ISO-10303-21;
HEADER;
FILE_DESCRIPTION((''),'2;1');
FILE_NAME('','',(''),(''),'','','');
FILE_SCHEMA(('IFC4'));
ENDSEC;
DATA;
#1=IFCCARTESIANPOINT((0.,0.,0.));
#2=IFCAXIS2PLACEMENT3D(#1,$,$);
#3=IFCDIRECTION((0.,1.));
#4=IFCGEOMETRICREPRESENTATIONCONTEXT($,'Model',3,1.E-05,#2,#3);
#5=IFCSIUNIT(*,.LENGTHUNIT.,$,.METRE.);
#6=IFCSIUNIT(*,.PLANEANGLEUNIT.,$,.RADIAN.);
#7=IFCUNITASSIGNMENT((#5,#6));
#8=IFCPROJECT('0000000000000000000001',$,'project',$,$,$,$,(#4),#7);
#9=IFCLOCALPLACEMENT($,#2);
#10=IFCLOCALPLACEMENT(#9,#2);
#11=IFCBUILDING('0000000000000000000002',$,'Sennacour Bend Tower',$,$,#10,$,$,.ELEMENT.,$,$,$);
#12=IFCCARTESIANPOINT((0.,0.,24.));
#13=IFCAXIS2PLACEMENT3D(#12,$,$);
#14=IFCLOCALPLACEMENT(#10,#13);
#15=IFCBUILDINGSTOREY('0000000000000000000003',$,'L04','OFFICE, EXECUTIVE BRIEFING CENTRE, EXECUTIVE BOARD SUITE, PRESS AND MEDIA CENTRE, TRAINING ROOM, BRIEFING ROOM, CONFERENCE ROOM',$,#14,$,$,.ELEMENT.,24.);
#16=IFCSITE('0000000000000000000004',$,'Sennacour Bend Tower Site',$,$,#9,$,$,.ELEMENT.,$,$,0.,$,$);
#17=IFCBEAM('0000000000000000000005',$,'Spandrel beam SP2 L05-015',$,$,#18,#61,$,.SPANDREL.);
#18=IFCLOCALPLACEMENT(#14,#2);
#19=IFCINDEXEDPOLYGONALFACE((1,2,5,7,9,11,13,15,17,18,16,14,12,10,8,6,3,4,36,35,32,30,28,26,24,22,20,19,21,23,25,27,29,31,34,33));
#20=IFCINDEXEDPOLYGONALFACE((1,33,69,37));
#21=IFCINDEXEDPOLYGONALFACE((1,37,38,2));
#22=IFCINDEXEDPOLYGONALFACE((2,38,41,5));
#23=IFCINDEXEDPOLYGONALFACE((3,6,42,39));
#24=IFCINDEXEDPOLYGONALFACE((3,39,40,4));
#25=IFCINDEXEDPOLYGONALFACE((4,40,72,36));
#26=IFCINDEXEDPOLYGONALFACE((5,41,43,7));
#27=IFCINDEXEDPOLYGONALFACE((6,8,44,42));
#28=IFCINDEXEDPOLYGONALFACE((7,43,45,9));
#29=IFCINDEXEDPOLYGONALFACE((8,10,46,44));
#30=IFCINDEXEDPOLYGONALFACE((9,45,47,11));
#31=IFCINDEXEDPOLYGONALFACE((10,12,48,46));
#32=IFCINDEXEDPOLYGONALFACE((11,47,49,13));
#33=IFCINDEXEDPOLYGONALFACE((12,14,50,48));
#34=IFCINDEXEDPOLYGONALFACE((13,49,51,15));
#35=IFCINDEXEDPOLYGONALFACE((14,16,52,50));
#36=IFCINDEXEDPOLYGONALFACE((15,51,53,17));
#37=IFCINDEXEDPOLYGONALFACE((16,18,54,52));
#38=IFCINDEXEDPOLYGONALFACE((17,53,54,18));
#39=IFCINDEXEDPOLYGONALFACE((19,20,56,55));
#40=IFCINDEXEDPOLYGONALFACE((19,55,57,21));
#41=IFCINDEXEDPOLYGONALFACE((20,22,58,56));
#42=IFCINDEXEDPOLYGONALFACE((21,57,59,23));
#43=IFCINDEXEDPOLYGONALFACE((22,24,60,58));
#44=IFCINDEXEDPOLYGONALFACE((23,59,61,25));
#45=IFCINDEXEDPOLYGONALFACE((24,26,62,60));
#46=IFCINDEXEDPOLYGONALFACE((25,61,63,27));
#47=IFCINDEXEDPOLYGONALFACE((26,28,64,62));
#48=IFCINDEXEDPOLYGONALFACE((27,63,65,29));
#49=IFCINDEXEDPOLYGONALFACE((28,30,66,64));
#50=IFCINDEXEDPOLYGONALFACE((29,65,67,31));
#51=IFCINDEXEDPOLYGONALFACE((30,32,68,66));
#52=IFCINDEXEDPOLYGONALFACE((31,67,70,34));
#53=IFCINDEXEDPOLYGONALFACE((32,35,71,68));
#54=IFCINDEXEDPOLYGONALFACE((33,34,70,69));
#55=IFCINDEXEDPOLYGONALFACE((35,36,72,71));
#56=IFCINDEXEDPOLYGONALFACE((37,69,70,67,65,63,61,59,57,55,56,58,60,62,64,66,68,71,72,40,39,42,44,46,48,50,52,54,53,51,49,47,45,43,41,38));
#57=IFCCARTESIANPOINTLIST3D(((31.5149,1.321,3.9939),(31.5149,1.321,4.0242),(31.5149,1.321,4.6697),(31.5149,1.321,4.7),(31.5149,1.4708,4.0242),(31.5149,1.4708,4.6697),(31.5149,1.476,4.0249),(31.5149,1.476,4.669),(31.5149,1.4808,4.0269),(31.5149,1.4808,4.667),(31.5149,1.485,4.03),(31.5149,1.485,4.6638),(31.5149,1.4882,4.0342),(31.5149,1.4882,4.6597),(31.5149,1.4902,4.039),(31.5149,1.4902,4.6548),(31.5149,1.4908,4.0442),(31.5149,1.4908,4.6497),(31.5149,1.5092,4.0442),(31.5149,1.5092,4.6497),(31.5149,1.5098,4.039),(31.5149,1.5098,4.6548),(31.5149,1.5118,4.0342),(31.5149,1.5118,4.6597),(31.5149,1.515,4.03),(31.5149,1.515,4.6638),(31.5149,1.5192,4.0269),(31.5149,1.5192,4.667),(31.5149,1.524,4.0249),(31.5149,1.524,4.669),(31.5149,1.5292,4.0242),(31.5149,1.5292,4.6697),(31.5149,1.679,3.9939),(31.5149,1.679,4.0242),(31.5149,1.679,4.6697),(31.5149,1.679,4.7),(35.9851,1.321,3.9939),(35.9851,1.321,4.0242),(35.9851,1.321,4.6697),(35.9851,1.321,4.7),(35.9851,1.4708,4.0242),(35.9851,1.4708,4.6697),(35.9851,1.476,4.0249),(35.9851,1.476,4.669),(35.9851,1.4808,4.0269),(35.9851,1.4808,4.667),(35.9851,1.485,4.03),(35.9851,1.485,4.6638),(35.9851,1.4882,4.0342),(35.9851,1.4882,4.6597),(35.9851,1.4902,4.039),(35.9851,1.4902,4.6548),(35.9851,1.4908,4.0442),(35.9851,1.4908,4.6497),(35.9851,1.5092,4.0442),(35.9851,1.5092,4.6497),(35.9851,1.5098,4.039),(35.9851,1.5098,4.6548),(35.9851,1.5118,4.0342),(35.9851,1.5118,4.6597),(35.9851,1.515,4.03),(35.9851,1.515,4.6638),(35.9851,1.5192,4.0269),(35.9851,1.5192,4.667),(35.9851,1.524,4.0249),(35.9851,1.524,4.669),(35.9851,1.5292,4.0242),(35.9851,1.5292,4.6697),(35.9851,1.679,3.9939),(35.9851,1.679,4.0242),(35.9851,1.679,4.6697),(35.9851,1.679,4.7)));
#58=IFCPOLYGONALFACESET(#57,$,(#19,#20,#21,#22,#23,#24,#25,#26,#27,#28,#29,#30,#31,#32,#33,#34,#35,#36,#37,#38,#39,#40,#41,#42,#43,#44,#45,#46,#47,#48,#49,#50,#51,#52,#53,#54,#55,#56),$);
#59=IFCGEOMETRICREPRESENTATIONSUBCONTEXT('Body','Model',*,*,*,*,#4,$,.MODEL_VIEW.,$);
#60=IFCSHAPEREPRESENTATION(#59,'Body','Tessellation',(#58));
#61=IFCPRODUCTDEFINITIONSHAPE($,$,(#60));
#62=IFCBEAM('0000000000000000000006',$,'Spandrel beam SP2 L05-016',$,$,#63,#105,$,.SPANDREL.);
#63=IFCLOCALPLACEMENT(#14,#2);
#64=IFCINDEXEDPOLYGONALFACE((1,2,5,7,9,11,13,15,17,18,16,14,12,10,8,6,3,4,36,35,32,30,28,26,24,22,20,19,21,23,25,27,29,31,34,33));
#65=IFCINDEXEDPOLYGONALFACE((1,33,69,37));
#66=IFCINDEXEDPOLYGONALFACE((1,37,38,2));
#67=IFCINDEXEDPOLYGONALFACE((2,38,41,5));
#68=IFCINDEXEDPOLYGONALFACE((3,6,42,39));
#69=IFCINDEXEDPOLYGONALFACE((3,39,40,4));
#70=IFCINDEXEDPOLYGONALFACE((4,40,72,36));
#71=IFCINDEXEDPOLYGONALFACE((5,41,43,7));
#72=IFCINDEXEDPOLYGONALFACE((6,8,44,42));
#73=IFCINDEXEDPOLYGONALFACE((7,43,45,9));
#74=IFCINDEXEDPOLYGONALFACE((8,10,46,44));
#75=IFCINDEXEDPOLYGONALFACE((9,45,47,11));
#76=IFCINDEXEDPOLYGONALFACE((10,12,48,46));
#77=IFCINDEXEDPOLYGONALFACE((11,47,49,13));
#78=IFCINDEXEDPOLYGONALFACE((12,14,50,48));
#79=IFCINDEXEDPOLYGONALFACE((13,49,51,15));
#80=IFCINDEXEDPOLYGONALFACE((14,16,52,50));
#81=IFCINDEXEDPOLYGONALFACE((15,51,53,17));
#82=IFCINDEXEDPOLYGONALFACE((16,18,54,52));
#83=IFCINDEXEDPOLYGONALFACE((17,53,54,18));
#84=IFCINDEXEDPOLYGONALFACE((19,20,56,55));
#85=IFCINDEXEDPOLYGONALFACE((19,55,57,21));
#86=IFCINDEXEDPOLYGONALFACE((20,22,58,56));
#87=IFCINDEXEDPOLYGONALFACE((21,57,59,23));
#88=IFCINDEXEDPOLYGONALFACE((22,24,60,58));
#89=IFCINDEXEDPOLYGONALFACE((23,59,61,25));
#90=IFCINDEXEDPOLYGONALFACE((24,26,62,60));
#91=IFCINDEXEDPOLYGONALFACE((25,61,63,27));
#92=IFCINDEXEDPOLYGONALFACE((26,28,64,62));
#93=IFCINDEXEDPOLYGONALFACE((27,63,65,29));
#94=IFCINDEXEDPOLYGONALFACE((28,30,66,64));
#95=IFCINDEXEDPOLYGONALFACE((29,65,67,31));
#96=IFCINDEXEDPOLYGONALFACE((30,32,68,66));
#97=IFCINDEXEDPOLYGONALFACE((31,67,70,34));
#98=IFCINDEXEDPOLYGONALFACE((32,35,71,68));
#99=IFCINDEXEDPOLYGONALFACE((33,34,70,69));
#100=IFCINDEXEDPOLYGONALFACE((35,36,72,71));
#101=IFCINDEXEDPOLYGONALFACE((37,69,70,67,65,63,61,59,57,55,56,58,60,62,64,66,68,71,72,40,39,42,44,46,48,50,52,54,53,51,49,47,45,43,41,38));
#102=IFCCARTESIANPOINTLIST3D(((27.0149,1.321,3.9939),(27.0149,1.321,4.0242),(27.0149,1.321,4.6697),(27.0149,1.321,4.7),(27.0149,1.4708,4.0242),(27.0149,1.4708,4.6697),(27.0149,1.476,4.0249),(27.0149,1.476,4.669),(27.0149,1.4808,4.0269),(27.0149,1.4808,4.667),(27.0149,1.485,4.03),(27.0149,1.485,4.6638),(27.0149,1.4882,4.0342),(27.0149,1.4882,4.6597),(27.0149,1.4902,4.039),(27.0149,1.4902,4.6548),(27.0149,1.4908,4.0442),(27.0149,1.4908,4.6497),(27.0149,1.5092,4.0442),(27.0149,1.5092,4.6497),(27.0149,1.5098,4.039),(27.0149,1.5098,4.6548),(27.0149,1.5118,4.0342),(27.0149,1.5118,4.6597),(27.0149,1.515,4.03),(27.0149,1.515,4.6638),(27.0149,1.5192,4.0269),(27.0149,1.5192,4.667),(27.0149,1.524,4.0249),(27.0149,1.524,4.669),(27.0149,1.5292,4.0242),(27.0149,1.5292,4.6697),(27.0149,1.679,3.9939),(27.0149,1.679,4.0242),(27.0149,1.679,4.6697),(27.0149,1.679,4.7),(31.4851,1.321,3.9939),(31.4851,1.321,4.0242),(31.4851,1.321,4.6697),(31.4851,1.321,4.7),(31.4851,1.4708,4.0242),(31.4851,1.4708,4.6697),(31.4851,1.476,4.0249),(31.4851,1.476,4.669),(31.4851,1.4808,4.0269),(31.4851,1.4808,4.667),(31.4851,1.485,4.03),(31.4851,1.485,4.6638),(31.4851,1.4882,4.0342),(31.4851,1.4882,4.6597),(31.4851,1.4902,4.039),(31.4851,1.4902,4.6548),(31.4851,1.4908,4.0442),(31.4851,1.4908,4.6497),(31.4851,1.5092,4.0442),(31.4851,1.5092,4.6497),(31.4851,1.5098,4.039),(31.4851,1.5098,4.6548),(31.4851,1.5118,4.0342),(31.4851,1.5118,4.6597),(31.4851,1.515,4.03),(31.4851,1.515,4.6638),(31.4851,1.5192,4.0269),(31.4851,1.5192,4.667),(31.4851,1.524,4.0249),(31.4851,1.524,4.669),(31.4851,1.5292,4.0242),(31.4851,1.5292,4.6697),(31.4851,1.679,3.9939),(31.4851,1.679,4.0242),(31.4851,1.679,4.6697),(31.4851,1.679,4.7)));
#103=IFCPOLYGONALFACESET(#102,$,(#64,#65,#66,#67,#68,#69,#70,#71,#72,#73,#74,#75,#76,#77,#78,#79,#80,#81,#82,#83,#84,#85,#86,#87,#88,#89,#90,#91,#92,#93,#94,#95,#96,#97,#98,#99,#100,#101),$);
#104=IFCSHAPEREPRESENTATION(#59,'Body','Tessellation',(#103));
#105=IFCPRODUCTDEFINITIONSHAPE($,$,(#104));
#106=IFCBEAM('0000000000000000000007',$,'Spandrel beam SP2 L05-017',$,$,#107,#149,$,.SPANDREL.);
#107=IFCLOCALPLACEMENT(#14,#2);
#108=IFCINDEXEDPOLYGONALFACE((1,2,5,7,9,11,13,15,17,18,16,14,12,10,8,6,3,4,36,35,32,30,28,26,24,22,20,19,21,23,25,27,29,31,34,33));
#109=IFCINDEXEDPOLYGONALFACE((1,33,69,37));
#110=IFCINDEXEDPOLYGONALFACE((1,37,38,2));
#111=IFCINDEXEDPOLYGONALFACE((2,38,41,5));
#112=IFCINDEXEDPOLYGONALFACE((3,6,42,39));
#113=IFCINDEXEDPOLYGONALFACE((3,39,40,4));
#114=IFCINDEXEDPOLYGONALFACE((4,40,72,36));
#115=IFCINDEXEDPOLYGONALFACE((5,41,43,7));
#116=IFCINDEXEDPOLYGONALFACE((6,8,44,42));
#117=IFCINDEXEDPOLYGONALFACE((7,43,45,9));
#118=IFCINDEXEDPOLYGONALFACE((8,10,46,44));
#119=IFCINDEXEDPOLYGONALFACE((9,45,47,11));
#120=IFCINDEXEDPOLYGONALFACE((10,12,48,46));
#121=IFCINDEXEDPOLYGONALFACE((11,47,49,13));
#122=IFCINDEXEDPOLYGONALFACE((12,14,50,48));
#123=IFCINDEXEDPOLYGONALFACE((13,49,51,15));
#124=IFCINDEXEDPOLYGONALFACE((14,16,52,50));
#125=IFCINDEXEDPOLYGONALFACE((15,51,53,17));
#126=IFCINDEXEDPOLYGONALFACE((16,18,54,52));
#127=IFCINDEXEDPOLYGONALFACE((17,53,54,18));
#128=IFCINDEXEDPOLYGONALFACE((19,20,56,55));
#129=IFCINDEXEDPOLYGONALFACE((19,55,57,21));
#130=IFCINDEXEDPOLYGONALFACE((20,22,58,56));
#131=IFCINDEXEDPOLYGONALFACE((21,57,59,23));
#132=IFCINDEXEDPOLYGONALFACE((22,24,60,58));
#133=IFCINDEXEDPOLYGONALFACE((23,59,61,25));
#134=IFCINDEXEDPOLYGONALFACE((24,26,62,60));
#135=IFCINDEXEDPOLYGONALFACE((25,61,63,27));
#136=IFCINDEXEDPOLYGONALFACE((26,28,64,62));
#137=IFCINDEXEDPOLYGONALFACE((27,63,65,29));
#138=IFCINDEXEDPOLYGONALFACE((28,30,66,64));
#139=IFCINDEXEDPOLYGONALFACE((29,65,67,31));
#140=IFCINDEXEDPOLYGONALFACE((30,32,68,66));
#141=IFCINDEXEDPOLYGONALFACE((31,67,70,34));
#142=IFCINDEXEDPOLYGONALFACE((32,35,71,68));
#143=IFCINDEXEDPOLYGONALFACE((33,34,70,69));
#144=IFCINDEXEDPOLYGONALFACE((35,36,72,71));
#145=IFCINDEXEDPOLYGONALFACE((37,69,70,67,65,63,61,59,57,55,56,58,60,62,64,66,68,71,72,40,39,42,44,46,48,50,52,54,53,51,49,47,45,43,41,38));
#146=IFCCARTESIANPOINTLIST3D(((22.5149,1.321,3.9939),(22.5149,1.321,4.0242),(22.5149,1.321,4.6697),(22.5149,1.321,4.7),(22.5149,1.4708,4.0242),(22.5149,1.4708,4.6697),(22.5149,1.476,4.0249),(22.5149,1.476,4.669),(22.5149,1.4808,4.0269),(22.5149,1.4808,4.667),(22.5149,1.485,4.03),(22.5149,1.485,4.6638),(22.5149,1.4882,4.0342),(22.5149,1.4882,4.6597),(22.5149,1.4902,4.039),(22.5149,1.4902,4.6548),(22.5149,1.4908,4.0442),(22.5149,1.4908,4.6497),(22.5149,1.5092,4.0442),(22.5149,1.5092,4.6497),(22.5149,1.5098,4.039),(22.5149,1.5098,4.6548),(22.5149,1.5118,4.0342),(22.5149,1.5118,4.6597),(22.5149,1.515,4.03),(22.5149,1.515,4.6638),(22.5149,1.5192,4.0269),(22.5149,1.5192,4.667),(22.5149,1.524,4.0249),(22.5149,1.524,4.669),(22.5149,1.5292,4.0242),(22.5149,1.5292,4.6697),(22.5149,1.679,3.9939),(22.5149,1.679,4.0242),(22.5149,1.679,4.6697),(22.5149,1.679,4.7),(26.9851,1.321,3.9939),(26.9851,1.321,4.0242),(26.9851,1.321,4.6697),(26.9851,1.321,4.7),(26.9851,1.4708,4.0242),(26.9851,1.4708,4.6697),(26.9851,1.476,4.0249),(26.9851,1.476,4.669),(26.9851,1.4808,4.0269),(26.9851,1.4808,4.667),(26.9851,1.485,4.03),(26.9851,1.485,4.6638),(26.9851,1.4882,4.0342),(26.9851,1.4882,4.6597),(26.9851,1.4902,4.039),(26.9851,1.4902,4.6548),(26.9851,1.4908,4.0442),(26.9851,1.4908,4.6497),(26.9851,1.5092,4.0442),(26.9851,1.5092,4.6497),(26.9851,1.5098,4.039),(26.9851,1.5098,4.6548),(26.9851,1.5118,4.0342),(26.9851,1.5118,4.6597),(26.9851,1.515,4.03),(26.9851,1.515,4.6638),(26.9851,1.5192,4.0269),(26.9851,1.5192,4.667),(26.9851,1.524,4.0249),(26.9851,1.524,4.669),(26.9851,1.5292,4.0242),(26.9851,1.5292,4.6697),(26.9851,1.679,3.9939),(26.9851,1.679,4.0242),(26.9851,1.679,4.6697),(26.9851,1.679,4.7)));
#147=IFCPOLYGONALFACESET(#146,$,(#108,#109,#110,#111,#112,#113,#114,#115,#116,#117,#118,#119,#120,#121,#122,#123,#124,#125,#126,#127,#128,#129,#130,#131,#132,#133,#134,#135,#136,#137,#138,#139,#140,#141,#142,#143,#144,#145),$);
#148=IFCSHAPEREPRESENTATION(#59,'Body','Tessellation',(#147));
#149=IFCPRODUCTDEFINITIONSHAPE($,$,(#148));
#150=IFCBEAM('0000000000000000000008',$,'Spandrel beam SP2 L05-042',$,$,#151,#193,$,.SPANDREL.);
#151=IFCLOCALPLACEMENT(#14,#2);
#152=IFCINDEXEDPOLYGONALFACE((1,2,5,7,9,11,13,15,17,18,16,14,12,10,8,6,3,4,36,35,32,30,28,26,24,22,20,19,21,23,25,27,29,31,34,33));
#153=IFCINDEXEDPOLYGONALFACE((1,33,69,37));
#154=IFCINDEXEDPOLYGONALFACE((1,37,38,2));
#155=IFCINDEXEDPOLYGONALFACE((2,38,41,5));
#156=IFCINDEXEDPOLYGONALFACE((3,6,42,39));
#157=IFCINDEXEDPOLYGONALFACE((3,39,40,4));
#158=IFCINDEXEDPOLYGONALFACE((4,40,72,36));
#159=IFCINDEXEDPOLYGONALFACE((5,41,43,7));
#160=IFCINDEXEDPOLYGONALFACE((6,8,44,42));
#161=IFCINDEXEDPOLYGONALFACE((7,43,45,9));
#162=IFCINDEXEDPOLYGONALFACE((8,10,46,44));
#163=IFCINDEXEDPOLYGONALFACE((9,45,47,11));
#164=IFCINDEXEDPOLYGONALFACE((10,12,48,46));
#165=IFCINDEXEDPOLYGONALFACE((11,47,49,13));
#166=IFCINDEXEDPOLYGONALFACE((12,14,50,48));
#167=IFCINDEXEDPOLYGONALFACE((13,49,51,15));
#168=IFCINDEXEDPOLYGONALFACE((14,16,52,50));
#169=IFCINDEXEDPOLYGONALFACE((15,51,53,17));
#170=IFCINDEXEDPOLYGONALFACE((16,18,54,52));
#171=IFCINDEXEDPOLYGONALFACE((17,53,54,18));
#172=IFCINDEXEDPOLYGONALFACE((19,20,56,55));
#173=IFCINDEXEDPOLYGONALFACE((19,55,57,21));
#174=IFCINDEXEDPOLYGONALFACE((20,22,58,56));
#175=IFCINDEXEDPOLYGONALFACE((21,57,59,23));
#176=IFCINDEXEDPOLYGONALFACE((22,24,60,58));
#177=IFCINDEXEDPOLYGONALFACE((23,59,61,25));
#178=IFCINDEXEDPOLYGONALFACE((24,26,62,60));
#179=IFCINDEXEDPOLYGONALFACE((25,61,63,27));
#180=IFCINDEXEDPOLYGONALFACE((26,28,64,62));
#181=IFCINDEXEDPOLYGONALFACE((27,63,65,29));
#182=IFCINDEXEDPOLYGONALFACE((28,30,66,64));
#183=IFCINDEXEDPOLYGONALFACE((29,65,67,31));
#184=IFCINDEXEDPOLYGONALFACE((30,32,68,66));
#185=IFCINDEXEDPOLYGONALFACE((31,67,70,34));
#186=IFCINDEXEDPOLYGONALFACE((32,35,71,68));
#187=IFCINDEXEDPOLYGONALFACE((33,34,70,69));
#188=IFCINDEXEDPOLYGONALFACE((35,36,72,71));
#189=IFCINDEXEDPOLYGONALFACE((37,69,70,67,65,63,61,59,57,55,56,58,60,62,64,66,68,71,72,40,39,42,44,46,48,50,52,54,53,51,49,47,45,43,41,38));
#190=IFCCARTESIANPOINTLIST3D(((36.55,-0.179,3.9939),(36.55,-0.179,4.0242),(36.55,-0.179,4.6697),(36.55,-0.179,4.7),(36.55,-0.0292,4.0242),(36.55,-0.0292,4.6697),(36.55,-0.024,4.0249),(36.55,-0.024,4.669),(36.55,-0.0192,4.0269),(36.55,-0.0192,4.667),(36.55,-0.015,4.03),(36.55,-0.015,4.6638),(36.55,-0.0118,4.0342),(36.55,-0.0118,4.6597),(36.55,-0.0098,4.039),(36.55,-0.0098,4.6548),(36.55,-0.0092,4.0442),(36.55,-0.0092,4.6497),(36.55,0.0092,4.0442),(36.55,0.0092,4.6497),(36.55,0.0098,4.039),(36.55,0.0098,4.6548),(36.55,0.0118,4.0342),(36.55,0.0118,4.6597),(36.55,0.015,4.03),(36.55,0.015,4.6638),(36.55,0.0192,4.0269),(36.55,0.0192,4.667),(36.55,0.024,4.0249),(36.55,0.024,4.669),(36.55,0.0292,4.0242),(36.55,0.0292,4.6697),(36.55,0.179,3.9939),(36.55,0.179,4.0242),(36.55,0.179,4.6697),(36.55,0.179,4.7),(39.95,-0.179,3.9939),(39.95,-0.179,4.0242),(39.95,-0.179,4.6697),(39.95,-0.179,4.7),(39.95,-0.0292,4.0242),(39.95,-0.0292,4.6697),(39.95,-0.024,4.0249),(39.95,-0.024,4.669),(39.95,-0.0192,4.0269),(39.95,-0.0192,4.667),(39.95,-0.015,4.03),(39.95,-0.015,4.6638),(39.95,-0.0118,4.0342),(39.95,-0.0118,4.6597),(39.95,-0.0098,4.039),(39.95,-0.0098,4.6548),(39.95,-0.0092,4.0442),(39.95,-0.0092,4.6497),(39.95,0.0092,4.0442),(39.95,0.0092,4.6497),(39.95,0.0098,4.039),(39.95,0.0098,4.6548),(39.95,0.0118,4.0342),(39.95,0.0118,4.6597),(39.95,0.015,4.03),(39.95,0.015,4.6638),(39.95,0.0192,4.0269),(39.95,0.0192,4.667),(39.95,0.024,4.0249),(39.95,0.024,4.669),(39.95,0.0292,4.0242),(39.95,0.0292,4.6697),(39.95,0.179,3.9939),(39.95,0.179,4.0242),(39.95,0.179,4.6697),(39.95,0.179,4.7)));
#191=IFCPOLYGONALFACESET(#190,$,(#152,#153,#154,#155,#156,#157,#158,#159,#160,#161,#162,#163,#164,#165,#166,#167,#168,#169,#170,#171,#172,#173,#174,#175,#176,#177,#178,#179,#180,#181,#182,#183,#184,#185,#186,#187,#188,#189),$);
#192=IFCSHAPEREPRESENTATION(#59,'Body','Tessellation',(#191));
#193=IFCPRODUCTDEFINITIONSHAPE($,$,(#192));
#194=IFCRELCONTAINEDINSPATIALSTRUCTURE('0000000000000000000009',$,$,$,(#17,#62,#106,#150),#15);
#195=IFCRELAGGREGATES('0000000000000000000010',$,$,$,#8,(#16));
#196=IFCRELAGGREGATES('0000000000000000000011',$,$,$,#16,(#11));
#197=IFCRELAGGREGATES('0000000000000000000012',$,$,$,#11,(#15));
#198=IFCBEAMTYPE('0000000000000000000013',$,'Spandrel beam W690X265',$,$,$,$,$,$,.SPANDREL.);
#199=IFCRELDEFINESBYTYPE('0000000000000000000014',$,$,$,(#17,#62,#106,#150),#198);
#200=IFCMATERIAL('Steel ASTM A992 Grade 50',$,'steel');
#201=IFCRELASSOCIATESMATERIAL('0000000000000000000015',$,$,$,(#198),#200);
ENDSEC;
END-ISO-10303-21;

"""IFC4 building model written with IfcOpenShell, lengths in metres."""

from ifc_helpers import new_model, si_unit, direction, frame, origin, origin_2d, place, context, subcontext, project, spatial, i_section, extrude, material, material_profile, profile_set, type_object, element, save


model = new_model("IFC4")

# Units and contexts
model_context = context("Model", 3, precision=1e-05, world=origin(), true_north=direction((0.0, 1.0)))
body_context = subcontext(model_context, "Body", "Model", "MODEL_VIEW")
ifc_project = project(units=[si_unit("LENGTHUNIT", "METRE"), si_unit("PLANEANGLEUNIT", "RADIAN")], contexts=[model_context])

# Site, building, storey
site_placement = place(None, origin())
site = spatial("IfcSite", under=ifc_project, at=site_placement, Name="Sennacour Bend Tower Site", CompositionType="ELEMENT", RefElevation=0.0)
building_placement = place(site_placement, origin())
building = spatial("IfcBuilding", under=site, at=building_placement, Name="Sennacour Bend Tower", CompositionType="ELEMENT")
storey_placement = place(building_placement, frame((0.0, 0.0, 24.0)))
storey = spatial("IfcBuildingStorey", under=building, at=storey_placement, Name="L04", Description="OFFICE, EXECUTIVE BRIEFING CENTRE, EXECUTIVE BOARD SUITE, PRESS AND MEDIA CENTRE, TRAINING ROOM, BRIEFING ROOM, CONFERENCE ROOM", CompositionType="ELEMENT", Elevation=24.0)

# Beams
ifc_material_1 = material(Name="Steel ASTM A992 Grade 50", Category="steel")
ifc_material_profile_1 = material_profile(ifc_material_1, i_section(OverallWidth=0.3579, OverallDepth=0.7061, WebThickness=0.0183, FlangeThickness=0.0303, FilletRadius=0.02, at=origin_2d()), Name="Steel ASTM A992 Grade 50", Category="steel")
ifc_profile_set_1 = profile_set([ifc_material_profile_1], Name="Steel ASTM A992 Grade 50")
beam_type_1 = type_object("IfcBeamType", Name="Spandrel beam W690X265", PredefinedType="SPANDREL", material=ifc_profile_set_1)
for number, where, z_axis, x_axis, name in (
    (1, (35.9851, 1.5, 4.3469), (-1.0, 0.0, 0.0), (0.0, -1.0, 0.0), "Spandrel beam SP2 L05-015"),
    (2, (31.4851, 1.5, 4.3469), (-1.0, 0.0, 0.0), (0.0, -1.0, 0.0), "Spandrel beam SP2 L05-016"),
    (3, (26.9851, 1.5, 4.3469), (-1.0, 0.0, 0.0), (0.0, -1.0, 0.0), "Spandrel beam SP2 L05-017"),
):
    element("IfcBeam", number, at=place(storey_placement, frame(where, z_axis=z_axis, x_axis=x_axis)), inside=storey, type_object=beam_type_1, Name=name, PredefinedType="SPANDREL", context=body_context, shape_type="SweptSolid", body=[
        extrude(i_section(OverallWidth=0.3579, OverallDepth=0.7061, WebThickness=0.0183, FlangeThickness=0.0303, FilletRadius=0.02, at=origin_2d()), origin(), (0.0, 0.0, 1.0), 4.4702),
    ])
for number, where, z_axis, x_axis, name in (
    (4, (39.95, 0.0, 4.3469), (-1.0, 0.0, 0.0), (0.0, -1.0, 0.0), "Spandrel beam SP2 L05-042"),
):
    element("IfcBeam", number, at=place(storey_placement, frame(where, z_axis=z_axis, x_axis=x_axis)), inside=storey, type_object=beam_type_1, Name=name, PredefinedType="SPANDREL", context=body_context, shape_type="SweptSolid", body=[
        extrude(i_section(OverallWidth=0.3579, OverallDepth=0.7061, WebThickness=0.0183, FlangeThickness=0.0303, FilletRadius=0.02, at=origin_2d()), origin(), (0.0, 0.0, 1.0), 3.3999),
    ])

save(model, "model.ifc")
